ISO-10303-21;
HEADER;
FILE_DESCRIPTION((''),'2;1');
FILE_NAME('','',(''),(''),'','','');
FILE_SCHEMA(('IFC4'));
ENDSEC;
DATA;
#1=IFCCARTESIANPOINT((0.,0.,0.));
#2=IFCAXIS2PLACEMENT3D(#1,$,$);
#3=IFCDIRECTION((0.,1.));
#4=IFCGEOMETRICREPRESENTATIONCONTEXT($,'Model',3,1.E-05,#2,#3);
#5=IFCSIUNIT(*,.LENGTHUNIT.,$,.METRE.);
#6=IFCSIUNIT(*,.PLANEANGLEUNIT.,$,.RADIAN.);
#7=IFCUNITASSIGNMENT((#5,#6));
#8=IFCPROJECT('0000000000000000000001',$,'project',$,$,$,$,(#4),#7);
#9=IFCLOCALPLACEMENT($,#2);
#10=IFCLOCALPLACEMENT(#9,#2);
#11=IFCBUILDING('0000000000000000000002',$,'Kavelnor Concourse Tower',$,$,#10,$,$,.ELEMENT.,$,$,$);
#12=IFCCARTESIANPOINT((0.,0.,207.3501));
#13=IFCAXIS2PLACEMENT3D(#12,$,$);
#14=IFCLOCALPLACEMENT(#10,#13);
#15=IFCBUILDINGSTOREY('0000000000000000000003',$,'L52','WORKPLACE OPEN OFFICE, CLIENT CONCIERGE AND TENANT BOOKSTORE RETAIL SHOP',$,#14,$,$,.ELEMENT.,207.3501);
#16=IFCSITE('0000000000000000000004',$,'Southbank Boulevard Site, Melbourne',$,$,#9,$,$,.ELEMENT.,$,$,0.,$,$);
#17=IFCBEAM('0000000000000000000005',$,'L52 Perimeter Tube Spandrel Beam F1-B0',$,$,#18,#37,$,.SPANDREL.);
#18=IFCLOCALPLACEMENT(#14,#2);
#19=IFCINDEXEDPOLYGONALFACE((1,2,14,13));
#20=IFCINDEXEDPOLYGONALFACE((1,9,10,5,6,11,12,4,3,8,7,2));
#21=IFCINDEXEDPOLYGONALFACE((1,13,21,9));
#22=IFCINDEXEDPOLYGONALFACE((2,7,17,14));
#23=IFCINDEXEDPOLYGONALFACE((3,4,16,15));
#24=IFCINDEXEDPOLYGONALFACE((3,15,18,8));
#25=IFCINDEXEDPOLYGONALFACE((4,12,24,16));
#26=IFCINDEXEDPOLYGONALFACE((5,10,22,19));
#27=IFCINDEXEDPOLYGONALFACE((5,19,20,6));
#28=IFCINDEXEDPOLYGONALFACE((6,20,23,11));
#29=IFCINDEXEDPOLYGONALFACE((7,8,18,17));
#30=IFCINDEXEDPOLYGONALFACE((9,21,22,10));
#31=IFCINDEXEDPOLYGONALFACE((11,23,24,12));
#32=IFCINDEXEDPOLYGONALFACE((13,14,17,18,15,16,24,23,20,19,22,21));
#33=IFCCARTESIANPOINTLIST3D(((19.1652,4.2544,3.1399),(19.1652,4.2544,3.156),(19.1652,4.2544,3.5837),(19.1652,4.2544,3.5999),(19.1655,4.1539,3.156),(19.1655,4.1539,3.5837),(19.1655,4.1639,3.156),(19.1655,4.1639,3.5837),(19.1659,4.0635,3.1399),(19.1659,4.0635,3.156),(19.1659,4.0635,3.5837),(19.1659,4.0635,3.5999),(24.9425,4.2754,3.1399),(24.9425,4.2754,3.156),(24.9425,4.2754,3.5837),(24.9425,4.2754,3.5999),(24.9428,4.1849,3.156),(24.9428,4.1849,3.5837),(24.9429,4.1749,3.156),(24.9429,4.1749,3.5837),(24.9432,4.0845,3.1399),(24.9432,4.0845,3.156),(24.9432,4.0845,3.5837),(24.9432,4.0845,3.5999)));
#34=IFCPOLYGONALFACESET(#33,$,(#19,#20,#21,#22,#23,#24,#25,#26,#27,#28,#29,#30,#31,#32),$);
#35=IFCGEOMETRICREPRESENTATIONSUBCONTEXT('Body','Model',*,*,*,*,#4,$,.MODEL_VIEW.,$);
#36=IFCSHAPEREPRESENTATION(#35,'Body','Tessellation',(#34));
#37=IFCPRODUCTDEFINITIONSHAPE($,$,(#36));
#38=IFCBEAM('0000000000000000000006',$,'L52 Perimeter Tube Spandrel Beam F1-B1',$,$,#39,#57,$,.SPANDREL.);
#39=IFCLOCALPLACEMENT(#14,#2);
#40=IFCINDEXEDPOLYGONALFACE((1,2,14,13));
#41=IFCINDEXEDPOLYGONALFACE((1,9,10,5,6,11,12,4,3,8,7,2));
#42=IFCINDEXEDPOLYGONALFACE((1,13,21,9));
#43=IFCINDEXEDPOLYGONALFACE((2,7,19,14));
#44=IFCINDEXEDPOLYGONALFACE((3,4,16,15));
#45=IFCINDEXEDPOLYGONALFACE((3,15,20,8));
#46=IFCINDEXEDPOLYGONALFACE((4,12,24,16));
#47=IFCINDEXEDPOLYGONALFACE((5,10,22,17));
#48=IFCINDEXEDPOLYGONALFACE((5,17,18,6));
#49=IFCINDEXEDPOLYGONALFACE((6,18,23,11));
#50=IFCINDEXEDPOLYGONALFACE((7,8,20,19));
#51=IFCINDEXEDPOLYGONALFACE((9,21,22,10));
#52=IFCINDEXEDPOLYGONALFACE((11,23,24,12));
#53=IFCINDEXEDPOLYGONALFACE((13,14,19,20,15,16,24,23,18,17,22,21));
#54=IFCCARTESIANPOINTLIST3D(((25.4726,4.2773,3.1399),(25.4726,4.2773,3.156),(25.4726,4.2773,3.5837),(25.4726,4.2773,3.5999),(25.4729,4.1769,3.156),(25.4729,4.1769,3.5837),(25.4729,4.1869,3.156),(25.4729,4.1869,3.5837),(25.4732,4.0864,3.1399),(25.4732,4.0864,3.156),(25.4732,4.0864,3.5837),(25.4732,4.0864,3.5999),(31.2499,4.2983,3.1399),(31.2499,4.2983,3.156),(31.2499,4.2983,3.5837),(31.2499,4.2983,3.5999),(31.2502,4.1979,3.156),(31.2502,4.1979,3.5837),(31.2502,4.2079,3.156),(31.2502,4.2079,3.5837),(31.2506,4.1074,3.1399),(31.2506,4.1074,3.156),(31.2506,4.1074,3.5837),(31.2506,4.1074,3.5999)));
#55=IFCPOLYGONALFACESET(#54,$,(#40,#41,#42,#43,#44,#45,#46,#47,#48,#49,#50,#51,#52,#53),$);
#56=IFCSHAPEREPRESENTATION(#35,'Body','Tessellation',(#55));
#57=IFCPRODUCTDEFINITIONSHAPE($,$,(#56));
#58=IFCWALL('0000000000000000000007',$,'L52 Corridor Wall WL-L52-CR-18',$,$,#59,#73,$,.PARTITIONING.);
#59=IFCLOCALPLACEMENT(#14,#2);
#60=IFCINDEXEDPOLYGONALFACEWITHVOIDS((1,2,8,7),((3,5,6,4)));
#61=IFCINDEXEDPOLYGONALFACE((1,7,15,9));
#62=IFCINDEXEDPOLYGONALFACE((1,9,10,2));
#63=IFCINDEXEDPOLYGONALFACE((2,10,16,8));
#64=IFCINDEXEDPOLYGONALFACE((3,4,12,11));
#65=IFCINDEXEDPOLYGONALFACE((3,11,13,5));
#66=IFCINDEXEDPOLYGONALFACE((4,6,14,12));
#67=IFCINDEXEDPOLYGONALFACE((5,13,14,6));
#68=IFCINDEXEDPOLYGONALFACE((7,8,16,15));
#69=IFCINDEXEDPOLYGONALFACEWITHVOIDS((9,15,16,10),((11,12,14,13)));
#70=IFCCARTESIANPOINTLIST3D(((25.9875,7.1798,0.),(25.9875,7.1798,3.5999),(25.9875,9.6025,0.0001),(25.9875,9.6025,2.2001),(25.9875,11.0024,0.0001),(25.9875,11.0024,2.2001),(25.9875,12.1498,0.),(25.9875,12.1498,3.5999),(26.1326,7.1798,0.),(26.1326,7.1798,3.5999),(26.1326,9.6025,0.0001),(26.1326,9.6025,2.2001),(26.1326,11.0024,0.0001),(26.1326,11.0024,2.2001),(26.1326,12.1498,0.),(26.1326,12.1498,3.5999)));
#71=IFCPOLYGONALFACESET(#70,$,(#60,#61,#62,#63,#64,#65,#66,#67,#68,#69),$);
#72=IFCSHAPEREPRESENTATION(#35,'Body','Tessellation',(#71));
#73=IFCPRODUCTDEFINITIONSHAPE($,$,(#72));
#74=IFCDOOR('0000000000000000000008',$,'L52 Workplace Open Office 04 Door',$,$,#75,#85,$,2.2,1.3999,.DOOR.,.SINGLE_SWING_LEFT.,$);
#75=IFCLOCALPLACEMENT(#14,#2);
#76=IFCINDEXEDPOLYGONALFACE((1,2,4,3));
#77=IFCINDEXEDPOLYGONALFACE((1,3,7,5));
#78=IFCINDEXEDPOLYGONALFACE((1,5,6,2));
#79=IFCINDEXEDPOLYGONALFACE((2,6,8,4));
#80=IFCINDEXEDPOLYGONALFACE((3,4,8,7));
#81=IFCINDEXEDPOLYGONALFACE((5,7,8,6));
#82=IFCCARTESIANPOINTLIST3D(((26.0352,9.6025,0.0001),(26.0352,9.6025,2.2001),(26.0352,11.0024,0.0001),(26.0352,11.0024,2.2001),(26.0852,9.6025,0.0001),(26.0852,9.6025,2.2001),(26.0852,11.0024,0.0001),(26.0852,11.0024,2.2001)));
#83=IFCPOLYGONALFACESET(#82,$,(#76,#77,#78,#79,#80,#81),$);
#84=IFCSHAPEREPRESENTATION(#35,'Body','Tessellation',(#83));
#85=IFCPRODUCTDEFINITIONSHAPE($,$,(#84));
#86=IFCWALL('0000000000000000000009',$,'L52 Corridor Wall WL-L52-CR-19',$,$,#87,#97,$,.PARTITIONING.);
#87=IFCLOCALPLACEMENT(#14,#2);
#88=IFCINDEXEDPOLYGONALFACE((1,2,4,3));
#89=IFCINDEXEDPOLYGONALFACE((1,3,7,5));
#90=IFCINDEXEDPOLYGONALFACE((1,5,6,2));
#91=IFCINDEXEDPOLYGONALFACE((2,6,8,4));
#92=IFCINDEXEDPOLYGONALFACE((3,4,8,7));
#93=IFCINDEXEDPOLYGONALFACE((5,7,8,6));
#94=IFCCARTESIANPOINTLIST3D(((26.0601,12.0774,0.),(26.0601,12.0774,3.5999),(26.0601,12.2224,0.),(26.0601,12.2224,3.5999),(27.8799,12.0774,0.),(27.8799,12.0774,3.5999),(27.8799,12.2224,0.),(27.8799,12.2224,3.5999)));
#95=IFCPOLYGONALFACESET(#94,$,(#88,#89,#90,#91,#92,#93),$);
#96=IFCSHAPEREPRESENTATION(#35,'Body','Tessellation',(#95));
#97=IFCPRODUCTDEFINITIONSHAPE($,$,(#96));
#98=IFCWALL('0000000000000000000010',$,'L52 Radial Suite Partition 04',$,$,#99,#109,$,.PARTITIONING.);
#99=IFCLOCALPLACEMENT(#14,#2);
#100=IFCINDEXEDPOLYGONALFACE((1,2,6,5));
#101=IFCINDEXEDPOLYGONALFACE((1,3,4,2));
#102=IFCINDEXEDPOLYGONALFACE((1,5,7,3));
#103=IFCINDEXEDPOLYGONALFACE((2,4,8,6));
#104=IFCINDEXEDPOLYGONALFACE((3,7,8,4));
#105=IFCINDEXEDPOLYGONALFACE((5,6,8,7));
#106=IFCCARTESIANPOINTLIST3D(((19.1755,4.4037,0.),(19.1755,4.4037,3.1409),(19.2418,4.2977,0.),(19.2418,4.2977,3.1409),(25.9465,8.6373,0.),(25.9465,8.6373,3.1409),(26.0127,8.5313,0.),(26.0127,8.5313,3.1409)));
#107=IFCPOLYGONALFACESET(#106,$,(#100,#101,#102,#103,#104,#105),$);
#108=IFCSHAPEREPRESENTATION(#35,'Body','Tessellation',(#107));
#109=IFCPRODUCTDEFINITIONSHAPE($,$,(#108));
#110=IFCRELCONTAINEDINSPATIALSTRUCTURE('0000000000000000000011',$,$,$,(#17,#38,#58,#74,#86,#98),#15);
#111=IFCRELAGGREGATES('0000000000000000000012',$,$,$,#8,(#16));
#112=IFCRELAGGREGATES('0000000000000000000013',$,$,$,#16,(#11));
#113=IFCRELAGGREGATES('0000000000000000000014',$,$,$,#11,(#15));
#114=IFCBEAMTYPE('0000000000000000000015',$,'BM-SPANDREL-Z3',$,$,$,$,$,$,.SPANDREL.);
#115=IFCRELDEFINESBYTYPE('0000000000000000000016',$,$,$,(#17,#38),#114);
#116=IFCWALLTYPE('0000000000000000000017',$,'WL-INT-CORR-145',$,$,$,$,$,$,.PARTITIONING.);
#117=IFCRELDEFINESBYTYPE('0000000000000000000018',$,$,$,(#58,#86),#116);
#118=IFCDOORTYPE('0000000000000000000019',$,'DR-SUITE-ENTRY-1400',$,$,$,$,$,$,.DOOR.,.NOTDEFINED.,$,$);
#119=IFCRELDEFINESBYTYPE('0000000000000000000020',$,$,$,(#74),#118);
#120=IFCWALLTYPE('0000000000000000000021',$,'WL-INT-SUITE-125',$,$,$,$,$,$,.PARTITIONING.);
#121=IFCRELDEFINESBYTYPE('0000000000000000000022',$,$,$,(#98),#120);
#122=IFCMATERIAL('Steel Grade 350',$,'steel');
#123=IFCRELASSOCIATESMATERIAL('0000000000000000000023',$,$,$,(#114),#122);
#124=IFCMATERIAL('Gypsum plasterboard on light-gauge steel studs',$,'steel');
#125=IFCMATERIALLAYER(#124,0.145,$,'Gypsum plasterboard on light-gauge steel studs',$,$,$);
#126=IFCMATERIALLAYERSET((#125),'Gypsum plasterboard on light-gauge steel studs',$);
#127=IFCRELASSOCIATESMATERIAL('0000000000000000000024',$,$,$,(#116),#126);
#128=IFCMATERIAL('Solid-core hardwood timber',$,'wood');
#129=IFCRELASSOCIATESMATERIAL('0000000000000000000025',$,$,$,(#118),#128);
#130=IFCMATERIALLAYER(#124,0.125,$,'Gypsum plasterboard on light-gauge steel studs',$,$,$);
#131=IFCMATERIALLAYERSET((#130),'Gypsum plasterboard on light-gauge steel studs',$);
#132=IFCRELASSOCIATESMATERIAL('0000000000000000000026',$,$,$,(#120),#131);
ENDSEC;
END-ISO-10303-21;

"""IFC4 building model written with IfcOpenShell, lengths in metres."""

from ifc_helpers import new_model, si_unit, direction, frame, frame_2d, origin, origin_2d, place, context, subcontext, project, spatial, rectangle, i_section, extrude, material, layer, layer_set, material_profile, profile_set, type_object, element, fill, save


model = new_model("IFC4")

# Units and contexts
model_context = context("Model", 3, precision=1e-05, world=origin(), true_north=direction((0.0, 1.0)))
body_context = subcontext(model_context, "Body", "Model", "MODEL_VIEW")
ifc_project = project(units=[si_unit("LENGTHUNIT", "METRE"), si_unit("PLANEANGLEUNIT", "RADIAN")], contexts=[model_context])

# Site, building, storey
site_placement = place(None, origin())
site = spatial("IfcSite", under=ifc_project, at=site_placement, Name="Southbank Boulevard Site, Melbourne", CompositionType="ELEMENT", RefElevation=0.0)
building_placement = place(site_placement, origin())
building = spatial("IfcBuilding", under=site, at=building_placement, Name="Kavelnor Concourse Tower", CompositionType="ELEMENT")
storey_placement = place(building_placement, frame((0.0, 0.0, 207.3501)))
storey = spatial("IfcBuildingStorey", under=building, at=storey_placement, Name="L52", Description="WORKPLACE OPEN OFFICE, CLIENT CONCIERGE AND TENANT BOOKSTORE RETAIL SHOP", CompositionType="ELEMENT", Elevation=207.3501)

# Shared definitions
ifc_material_1 = material(Name="Steel Grade 350", Category="steel")

# Beams
ifc_material_profile_1 = material_profile(ifc_material_1, i_section(OverallWidth=0.1909, OverallDepth=0.46, WebThickness=0.01, FlangeThickness=0.0161, at=origin_2d()), Name="460UB82")
ifc_profile_set_1 = profile_set([ifc_material_profile_1], Name="Steel Grade 350")
beam_type_1 = type_object("IfcBeamType", Name="BM-SPANDREL-Z3", PredefinedType="SPANDREL", material=ifc_profile_set_1)
for number, where, z_axis, x_axis, name in (
    (1, (19.1655, 4.1589, 3.3699), (0.999993, 0.003634, 0.0), (-0.003634, 0.999993, 0.0), "L52 Perimeter Tube Spandrel Beam F1-B0"),
    (2, (25.4729, 4.1819, 3.3699), (0.999993, 0.003634, 0.0), (-0.003634, 0.999993, 0.0), "L52 Perimeter Tube Spandrel Beam F1-B1"),
):
    element("IfcBeam", number, at=place(storey_placement, frame(where, z_axis=z_axis, x_axis=x_axis)), inside=storey, type_object=beam_type_1, Name=name, PredefinedType="SPANDREL", context=body_context, shape_type="SweptSolid", body=[
        extrude(i_section(OverallWidth=0.1909, OverallDepth=0.46, WebThickness=0.01, FlangeThickness=0.0161, at=origin_2d()), origin(), (0.0, 0.0, 1.0), 5.7773),
    ])

# Wall, opening, door
ifc_material_2 = material(Name="Gypsum plasterboard on light-gauge steel studs", Category="steel")
ifc_layer_1 = layer(ifc_material_2, 0.145, Name="Gypsum plasterboard on light-gauge steel studs")
ifc_layer_set_1 = layer_set([ifc_layer_1], Name="Gypsum plasterboard on light-gauge steel studs")
wall_type_1 = type_object("IfcWallType", Name="WL-INT-CORR-145", PredefinedType="PARTITIONING", material=ifc_layer_set_1)
wall_1_placement = place(storey_placement, frame((26.0601, 7.1799, 0.0), z_axis=(0.0, 0.0, 1.0), x_axis=(0.0, 1.0, 0.0)))
wall_1 = element("IfcWall", 3, at=wall_1_placement, inside=storey, type_object=wall_type_1, Name="L52 Corridor Wall WL-L52-CR-18", PredefinedType="PARTITIONING", context=body_context, shape_type="SweptSolid", body=[
    extrude(rectangle(XDim=4.97, YDim=0.145, at=frame_2d((2.4849, 0.0))), origin(), (0.0, 0.0, 1.0), 3.5999),
])
opening_placement = place(wall_1_placement, frame((2.4226, 0.0, 0.0)))
opening = element("IfcOpeningElement", 4, at=opening_placement, cuts=wall_1, PredefinedType="OPENING", context=body_context, shape_type="SweptSolid", body=[
    extrude(rectangle(XDim=1.3999, YDim=2.2, at=frame_2d((0.7, 1.1001))), frame((0.0, 0.0825, 0.0), z_axis=(0.0, -1.0, 0.0), x_axis=(1.0, 0.0, 0.0)), (0.0, 0.0, 1.0), 0.165),
])
ifc_material_3 = material(Name="Solid-core hardwood timber", Category="wood")
door_type = type_object("IfcDoorType", Name="DR-SUITE-ENTRY-1400", OperationType="NOTDEFINED", PredefinedType="DOOR", material=ifc_material_3)
door_placement = place(opening_placement, origin())
door = element("IfcDoor", 5, at=door_placement, inside=storey, type_object=door_type, Name="L52 Workplace Open Office 04 Door", OperationType="SINGLE_SWING_LEFT", OverallHeight=2.2, OverallWidth=1.3999, PredefinedType="DOOR", context=body_context, shape_type="SweptSolid", body=[
    extrude(rectangle(XDim=1.3999, YDim=2.2, at=frame_2d((0.7, 1.1001))), frame((0.0, 0.0249, 0.0), z_axis=(0.0, -1.0, 0.0), x_axis=(1.0, 0.0, 0.0)), (0.0, 0.0, 1.0), 0.05),
])
fill(opening, door)

# Walls
wall_2_placement = place(storey_placement, frame((26.0601, 12.1499, 0.0), z_axis=(0.0, 0.0, 1.0), x_axis=(1.0, 0.0, 0.0)))
element("IfcWall", 6, at=wall_2_placement, inside=storey, type_object=wall_type_1, Name="L52 Corridor Wall WL-L52-CR-19", PredefinedType="PARTITIONING", context=body_context, shape_type="SweptSolid", body=[
    extrude(rectangle(XDim=1.8198, YDim=0.145, at=frame_2d((0.9099, 0.0))), origin(), (0.0, 0.0, 1.0), 3.5999),
])
ifc_layer_2 = layer(ifc_material_2, 0.125, Name="Gypsum plasterboard on light-gauge steel studs")
ifc_layer_set_2 = layer_set([ifc_layer_2], Name="Gypsum plasterboard on light-gauge steel studs")
wall_type_2 = type_object("IfcWallType", Name="WL-INT-SUITE-125", PredefinedType="PARTITIONING", material=ifc_layer_set_2)
wall_3_placement = place(storey_placement, frame((25.9795, 8.5842, 0.0), z_axis=(0.0, 0.0, 1.0), x_axis=(-0.847899, -0.530158, 0.0)))
element("IfcWall", 7, at=wall_3_placement, inside=storey, type_object=wall_type_2, Name="L52 Radial Suite Partition 04", PredefinedType="PARTITIONING", context=body_context, shape_type="SweptSolid", body=[
    extrude(rectangle(XDim=7.9856, YDim=0.125, at=frame_2d((3.9927, 0.0))), origin(), (0.0, 0.0, 1.0), 3.1409),
])

save(model, "model.ifc")
